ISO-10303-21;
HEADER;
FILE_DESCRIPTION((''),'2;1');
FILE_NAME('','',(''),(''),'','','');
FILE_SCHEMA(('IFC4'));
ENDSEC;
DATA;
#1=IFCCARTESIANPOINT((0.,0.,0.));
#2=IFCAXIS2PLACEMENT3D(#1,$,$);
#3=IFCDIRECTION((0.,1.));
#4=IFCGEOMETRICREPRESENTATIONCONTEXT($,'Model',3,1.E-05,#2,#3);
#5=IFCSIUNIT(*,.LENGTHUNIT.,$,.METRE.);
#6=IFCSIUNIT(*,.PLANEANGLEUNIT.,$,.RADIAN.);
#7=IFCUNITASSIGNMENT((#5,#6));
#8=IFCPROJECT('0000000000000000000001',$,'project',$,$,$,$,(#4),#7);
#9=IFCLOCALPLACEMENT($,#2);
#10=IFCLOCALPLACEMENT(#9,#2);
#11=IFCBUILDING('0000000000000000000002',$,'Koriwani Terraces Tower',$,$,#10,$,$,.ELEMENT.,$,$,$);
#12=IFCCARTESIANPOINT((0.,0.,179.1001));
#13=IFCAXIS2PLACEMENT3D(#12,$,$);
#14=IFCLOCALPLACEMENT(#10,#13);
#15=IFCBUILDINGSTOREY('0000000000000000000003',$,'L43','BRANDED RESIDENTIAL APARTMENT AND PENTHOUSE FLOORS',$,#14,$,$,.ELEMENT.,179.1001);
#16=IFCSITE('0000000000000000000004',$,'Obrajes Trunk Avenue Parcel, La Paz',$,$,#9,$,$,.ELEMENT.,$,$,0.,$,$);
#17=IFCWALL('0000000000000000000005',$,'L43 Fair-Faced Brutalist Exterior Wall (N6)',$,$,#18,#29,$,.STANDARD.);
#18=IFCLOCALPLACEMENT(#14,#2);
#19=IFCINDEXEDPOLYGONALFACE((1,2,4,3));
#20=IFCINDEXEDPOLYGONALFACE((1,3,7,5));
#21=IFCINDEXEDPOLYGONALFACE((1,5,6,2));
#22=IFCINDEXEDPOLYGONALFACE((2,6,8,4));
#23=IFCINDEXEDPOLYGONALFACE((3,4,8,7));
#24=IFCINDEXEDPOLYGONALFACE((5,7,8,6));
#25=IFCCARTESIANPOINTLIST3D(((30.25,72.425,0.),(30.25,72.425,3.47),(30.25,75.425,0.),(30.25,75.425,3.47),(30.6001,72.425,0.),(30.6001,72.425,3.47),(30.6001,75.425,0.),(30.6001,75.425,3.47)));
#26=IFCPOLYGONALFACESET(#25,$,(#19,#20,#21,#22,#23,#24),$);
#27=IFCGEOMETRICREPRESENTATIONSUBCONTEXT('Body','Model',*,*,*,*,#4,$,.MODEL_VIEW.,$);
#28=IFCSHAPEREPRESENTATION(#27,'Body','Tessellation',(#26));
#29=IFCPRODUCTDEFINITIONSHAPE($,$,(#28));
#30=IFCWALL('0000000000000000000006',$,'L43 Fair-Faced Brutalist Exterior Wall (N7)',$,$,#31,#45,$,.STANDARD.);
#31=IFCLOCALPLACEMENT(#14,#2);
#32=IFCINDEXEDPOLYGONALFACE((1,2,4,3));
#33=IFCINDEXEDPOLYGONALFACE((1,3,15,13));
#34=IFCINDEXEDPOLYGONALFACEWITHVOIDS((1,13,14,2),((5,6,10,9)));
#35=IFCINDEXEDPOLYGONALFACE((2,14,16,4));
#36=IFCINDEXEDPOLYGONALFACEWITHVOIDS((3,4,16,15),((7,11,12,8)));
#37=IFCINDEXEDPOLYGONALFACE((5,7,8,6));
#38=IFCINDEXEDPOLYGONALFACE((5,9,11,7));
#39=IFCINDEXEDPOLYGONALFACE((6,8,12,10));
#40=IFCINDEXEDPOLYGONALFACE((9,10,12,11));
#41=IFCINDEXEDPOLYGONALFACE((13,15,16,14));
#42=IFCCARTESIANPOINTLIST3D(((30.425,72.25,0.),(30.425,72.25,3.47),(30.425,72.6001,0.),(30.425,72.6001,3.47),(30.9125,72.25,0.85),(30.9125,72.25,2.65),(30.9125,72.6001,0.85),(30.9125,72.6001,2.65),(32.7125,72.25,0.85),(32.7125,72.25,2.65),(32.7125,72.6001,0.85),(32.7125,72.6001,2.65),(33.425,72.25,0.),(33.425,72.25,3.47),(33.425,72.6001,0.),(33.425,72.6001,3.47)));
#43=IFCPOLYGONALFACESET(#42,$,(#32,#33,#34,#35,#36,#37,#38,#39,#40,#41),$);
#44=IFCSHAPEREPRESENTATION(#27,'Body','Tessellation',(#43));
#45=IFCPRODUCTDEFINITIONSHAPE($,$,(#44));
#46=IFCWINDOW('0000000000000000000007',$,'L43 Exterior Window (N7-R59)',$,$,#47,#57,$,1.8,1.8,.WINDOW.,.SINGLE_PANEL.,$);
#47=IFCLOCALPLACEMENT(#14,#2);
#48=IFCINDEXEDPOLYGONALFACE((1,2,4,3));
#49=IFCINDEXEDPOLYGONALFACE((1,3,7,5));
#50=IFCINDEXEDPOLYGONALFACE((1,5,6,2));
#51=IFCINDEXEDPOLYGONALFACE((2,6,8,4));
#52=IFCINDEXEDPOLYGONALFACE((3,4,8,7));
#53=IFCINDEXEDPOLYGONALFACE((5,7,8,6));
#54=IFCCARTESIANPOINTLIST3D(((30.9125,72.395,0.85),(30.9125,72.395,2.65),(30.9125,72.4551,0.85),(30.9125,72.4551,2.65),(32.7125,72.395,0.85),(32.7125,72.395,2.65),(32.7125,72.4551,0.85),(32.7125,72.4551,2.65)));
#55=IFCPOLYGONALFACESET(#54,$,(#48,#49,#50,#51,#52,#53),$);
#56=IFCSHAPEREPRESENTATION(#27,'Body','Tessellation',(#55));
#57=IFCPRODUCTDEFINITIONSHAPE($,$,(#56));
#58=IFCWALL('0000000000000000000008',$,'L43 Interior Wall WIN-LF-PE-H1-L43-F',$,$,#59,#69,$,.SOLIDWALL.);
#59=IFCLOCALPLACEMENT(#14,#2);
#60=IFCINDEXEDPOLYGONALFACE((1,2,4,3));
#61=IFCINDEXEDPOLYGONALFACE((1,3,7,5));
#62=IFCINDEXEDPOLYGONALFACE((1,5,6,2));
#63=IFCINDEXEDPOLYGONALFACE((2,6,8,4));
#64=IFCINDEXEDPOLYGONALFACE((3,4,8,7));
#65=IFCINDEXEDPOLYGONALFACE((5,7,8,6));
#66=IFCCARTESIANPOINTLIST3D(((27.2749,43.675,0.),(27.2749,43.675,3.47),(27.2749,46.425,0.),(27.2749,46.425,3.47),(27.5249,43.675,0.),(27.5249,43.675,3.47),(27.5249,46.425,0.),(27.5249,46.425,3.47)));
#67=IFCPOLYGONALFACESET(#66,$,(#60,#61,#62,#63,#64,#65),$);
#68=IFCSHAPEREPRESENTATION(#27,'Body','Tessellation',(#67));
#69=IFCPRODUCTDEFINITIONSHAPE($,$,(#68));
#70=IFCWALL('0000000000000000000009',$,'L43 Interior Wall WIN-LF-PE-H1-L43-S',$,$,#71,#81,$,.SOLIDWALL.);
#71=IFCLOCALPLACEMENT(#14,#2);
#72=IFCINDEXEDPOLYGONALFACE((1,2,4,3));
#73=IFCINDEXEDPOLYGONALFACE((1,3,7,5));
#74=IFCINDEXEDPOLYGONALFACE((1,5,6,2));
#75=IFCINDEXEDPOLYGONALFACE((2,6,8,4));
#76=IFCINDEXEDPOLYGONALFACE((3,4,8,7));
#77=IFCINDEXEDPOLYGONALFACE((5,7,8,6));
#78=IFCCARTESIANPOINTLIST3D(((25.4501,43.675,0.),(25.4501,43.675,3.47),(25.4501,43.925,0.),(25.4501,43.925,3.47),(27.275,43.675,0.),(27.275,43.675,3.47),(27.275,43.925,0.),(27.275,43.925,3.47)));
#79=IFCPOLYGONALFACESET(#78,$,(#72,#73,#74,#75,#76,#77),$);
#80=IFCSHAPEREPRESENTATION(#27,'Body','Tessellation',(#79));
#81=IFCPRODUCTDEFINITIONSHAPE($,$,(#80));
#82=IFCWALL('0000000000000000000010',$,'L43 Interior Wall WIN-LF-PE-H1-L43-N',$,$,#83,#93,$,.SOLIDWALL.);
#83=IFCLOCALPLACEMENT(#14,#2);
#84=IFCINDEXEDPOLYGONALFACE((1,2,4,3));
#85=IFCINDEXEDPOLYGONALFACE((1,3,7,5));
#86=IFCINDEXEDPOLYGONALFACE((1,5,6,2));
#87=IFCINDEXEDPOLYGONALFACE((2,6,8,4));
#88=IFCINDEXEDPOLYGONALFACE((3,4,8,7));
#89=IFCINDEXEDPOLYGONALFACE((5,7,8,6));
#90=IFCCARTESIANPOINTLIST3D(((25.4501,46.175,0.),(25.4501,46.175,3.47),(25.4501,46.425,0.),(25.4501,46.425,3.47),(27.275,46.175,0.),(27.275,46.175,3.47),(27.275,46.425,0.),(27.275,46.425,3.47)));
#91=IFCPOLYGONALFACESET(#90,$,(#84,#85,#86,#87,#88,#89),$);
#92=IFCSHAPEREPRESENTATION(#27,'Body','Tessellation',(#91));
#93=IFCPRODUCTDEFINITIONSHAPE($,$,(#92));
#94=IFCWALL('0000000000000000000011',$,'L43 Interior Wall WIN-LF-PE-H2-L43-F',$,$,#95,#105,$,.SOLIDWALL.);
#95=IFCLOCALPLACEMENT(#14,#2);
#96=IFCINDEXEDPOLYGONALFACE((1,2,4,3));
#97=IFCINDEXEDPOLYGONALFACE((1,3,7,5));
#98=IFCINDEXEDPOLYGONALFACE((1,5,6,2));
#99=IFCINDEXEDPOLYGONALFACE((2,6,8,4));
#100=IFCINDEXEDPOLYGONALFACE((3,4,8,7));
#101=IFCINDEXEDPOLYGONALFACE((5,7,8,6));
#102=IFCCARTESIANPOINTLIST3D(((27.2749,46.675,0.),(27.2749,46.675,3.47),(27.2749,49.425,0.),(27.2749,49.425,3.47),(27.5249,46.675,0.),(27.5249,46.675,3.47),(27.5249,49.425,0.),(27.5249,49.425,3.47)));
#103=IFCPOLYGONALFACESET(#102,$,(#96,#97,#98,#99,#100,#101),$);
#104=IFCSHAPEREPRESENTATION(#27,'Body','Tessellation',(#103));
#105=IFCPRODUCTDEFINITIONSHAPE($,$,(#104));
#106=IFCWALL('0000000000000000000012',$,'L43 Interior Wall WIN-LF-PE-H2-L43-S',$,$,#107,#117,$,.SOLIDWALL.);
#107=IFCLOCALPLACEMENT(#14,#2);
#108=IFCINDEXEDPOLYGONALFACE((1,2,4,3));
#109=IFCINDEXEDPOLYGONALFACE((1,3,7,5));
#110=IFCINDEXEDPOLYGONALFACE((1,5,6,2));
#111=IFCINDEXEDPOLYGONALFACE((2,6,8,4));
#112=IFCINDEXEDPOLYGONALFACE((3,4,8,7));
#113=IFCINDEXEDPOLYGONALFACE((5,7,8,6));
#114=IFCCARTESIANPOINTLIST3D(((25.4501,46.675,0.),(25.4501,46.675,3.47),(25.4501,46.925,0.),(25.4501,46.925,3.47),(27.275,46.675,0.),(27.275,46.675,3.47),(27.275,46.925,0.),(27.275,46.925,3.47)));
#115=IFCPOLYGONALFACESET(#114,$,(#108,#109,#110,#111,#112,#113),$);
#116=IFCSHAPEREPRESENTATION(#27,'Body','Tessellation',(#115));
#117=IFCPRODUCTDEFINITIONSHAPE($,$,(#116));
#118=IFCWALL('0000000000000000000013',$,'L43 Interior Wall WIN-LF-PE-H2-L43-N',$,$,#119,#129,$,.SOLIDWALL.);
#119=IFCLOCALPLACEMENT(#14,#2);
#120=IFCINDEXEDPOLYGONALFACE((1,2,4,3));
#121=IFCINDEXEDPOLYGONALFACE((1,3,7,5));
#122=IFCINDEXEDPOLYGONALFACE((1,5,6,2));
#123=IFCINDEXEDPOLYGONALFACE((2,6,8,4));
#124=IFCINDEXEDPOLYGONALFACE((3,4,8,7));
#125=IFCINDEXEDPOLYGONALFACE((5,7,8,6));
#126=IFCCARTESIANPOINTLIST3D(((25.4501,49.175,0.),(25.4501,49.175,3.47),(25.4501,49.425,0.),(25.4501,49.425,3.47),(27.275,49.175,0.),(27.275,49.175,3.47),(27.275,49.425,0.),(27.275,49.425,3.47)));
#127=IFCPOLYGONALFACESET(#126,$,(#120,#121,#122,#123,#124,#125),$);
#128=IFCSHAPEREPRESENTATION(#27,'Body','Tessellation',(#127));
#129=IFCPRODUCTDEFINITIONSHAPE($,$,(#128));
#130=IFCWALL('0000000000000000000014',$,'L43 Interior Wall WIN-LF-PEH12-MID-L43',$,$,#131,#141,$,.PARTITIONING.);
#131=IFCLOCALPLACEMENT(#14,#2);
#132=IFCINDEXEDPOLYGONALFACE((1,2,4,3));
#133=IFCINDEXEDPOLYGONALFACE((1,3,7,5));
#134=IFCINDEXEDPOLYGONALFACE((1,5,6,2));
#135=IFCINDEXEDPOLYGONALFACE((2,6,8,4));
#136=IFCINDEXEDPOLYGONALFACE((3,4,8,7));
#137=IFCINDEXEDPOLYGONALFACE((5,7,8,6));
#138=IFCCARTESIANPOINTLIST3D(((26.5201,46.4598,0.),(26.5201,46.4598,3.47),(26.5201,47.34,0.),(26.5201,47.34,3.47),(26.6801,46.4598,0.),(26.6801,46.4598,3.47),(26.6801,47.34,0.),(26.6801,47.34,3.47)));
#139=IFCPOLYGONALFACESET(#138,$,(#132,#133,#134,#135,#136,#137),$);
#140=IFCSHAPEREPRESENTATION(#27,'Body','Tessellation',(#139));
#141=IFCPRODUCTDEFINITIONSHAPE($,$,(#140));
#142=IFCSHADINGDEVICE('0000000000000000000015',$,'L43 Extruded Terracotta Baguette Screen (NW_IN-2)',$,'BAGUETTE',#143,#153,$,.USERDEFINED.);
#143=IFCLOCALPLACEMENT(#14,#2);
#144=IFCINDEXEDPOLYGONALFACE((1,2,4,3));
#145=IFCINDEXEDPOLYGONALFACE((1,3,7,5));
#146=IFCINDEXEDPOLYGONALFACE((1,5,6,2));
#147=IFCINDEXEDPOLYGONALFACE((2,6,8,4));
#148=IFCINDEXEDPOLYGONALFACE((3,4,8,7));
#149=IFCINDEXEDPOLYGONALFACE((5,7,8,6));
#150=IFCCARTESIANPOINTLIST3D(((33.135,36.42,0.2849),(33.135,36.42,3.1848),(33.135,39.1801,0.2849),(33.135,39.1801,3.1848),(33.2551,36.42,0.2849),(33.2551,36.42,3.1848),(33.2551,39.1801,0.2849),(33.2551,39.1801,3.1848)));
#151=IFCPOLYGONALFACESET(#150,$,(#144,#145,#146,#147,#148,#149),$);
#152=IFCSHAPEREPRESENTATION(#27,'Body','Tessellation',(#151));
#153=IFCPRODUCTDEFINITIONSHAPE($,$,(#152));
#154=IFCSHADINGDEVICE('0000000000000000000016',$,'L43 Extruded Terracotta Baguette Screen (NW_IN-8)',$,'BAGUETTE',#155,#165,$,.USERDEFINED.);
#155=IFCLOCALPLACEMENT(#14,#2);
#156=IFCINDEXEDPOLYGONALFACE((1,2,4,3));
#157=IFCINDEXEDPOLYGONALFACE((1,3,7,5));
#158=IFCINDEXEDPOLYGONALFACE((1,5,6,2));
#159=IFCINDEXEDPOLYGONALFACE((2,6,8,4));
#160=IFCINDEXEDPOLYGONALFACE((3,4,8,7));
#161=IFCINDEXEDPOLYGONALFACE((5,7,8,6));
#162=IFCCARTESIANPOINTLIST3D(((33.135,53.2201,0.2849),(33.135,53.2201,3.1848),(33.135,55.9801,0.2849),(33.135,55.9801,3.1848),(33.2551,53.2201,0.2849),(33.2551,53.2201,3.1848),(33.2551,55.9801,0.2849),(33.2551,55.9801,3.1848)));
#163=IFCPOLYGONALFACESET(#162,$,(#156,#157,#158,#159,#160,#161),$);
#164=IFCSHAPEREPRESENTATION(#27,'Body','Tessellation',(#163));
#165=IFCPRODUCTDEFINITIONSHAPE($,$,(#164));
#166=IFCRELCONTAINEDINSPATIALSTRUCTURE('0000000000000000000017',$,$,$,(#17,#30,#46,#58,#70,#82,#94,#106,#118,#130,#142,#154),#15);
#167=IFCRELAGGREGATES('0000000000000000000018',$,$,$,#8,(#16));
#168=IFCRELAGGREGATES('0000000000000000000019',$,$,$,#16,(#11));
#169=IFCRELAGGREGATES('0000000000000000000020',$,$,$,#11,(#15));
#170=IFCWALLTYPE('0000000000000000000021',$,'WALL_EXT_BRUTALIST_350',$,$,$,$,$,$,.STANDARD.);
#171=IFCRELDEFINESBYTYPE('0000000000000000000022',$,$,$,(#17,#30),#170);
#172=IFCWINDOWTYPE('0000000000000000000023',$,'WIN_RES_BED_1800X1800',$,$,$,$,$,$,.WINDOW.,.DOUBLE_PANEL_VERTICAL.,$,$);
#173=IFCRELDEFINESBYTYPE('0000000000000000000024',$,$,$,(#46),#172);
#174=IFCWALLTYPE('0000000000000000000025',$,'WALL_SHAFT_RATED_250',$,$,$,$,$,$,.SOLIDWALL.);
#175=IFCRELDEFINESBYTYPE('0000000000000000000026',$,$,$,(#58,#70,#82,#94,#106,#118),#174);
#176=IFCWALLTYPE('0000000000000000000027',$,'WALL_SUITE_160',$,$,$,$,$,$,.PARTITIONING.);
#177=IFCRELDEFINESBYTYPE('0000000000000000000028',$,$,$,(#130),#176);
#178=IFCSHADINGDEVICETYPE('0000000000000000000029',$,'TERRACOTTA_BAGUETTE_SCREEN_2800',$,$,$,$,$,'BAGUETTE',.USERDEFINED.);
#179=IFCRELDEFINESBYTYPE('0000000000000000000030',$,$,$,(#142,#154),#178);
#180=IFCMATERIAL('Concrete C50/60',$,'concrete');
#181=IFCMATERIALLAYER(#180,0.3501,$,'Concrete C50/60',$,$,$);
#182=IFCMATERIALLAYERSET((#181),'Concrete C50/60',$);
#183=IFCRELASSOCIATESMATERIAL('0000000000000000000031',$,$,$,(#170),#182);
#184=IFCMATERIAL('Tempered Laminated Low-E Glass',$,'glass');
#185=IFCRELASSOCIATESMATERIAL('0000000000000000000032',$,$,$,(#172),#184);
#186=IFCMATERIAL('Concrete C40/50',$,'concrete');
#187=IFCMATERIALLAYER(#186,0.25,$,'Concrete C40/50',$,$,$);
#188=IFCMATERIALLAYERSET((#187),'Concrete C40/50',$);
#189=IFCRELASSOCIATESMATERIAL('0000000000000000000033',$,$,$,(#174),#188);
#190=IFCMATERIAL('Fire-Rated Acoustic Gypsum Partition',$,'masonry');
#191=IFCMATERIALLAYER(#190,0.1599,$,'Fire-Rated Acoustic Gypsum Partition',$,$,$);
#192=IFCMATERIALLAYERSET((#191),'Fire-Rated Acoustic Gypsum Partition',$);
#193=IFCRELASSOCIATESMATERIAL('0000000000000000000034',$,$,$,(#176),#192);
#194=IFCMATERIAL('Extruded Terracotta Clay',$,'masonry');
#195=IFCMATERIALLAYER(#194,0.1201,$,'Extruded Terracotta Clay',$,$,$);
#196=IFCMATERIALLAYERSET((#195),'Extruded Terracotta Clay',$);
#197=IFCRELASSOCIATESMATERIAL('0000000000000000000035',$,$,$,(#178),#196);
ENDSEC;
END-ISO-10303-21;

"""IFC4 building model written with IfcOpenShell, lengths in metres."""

from ifc_helpers import new_model, si_unit, direction, frame, frame_2d, origin, origin_2d, place, context, subcontext, project, spatial, rectangle, extrude, material, layer, layer_set, type_object, element, fill, save


model = new_model("IFC4")

# Units and contexts
model_context = context("Model", 3, precision=1e-05, world=origin(), true_north=direction((0.0, 1.0)))
body_context = subcontext(model_context, "Body", "Model", "MODEL_VIEW")
ifc_project = project(units=[si_unit("LENGTHUNIT", "METRE"), si_unit("PLANEANGLEUNIT", "RADIAN")], contexts=[model_context])

# Site, building, storey
site_placement = place(None, origin())
site = spatial("IfcSite", under=ifc_project, at=site_placement, Name="Obrajes Trunk Avenue Parcel, La Paz", CompositionType="ELEMENT", RefElevation=0.0)
building_placement = place(site_placement, origin())
building = spatial("IfcBuilding", under=site, at=building_placement, Name="Koriwani Terraces Tower", CompositionType="ELEMENT")
storey_placement = place(building_placement, frame((0.0, 0.0, 179.1001)))
storey = spatial("IfcBuildingStorey", under=building, at=storey_placement, Name="L43", Description="BRANDED RESIDENTIAL APARTMENT AND PENTHOUSE FLOORS", CompositionType="ELEMENT", Elevation=179.1001)

# Shared definitions
ifc_material_1 = material(Name="Concrete C50/60", Category="concrete")

# Wall
ifc_layer_1 = layer(ifc_material_1, 0.3501, Name="Concrete C50/60")
ifc_layer_set_1 = layer_set([ifc_layer_1], Name="Concrete C50/60")
wall_type_1 = type_object("IfcWallType", Name="WALL_EXT_BRUTALIST_350", PredefinedType="STANDARD", material=ifc_layer_set_1)
wall_1_placement = place(storey_placement, frame((30.425, 75.425, 0.0), z_axis=(0.0, 0.0, 1.0), x_axis=(0.0, -1.0, 0.0)))
element("IfcWall", 1, at=wall_1_placement, inside=storey, type_object=wall_type_1, Name="L43 Fair-Faced Brutalist Exterior Wall (N6)", PredefinedType="STANDARD", context=body_context, shape_type="SweptSolid", body=[
    extrude(rectangle(XDim=3.0, YDim=0.3501, at=frame_2d((1.5, 0.0))), origin(), (0.0, 0.0, 1.0), 3.47),
])

# Wall, opening, window
wall_2_placement = place(storey_placement, frame((30.425, 72.425, 0.0), z_axis=(0.0, 0.0, 1.0), x_axis=(1.0, 0.0, 0.0)))
wall_2 = element("IfcWall", 2, at=wall_2_placement, inside=storey, type_object=wall_type_1, Name="L43 Fair-Faced Brutalist Exterior Wall (N7)", PredefinedType="STANDARD", context=body_context, shape_type="SweptSolid", body=[
    extrude(rectangle(XDim=3.0, YDim=0.3501, at=frame_2d((1.5, 0.0))), origin(), (0.0, 0.0, 1.0), 3.47),
])
opening_1_placement = place(wall_2_placement, frame((0.4875, 0.0, 0.8501)))
opening_1 = element("IfcOpeningElement", 3, at=opening_1_placement, cuts=wall_2, PredefinedType="OPENING", context=body_context, shape_type="SweptSolid", body=[
    extrude(rectangle(XDim=1.8, YDim=1.8, at=frame_2d((0.8999, 0.8999))), frame((0.0, 0.1851, 0.0), z_axis=(0.0, -1.0, 0.0), x_axis=(1.0, 0.0, 0.0)), (0.0, 0.0, 1.0), 0.3701),
])
ifc_material_2 = material(Name="Tempered Laminated Low-E Glass", Category="glass")
window_type = type_object("IfcWindowType", Name="WIN_RES_BED_1800X1800", PartitioningType="DOUBLE_PANEL_VERTICAL", PredefinedType="WINDOW", material=ifc_material_2)
window_placement = place(opening_1_placement, origin())
window = element("IfcWindow", 4, at=window_placement, inside=storey, type_object=window_type, Name="L43 Exterior Window (N7-R59)", OverallHeight=1.8, OverallWidth=1.8, PartitioningType="SINGLE_PANEL", PredefinedType="WINDOW", context=body_context, shape_type="SweptSolid", body=[
    extrude(rectangle(XDim=1.8, YDim=1.8, at=frame_2d((0.8999, 0.8999))), frame((0.0, 0.03, 0.0), z_axis=(0.0, -1.0, 0.0), x_axis=(1.0, 0.0, 0.0)), (0.0, 0.0, 1.0), 0.0601),
])
fill(opening_1, window)

# Shared definitions
ifc_material_3 = material(Name="Concrete C40/50", Category="concrete")
ifc_layer_2 = layer(ifc_material_3, 0.25, Name="Concrete C40/50")
ifc_layer_set_2 = layer_set([ifc_layer_2], Name="Concrete C40/50")
wall_type_2 = type_object("IfcWallType", Name="WALL_SHAFT_RATED_250", PredefinedType="SOLIDWALL", material=ifc_layer_set_2)

# Walls
wall_3_placement = place(storey_placement, frame((27.3999, 43.675, 0.0), z_axis=(0.0, 0.0, 1.0), x_axis=(0.0, 1.0, 0.0)))
element("IfcWall", 5, at=wall_3_placement, inside=storey, type_object=wall_type_2, Name="L43 Interior Wall WIN-LF-PE-H1-L43-F", PredefinedType="SOLIDWALL", context=body_context, shape_type="SweptSolid", body=[
    extrude(rectangle(XDim=2.75, YDim=0.25, at=frame_2d((1.375, 0.0))), origin(), (0.0, 0.0, 1.0), 3.47),
])
for number, where, z_axis, x_axis, name in (
    (6, (25.45, 43.8, 0.0), (0.0, 0.0, 1.0), (1.0, 0.0, 0.0), "L43 Interior Wall WIN-LF-PE-H1-L43-S"),
    (7, (25.45, 46.3, 0.0), (0.0, 0.0, 1.0), (1.0, 0.0, 0.0), "L43 Interior Wall WIN-LF-PE-H1-L43-N"),
):
    element("IfcWall", number, at=place(storey_placement, frame(where, z_axis=z_axis, x_axis=x_axis)), inside=storey, type_object=wall_type_2, Name=name, PredefinedType="SOLIDWALL", context=body_context, shape_type="SweptSolid", body=[
        extrude(rectangle(XDim=1.825, YDim=0.25, at=frame_2d((0.9126, 0.0))), origin(), (0.0, 0.0, 1.0), 3.47),
    ])
wall_4_placement = place(storey_placement, frame((27.3999, 46.675, 0.0), z_axis=(0.0, 0.0, 1.0), x_axis=(0.0, 1.0, 0.0)))
element("IfcWall", 8, at=wall_4_placement, inside=storey, type_object=wall_type_2, Name="L43 Interior Wall WIN-LF-PE-H2-L43-F", PredefinedType="SOLIDWALL", context=body_context, shape_type="SweptSolid", body=[
    extrude(rectangle(XDim=2.75, YDim=0.25, at=frame_2d((1.375, 0.0))), origin(), (0.0, 0.0, 1.0), 3.47),
])
for number, where, z_axis, x_axis, name in (
    (9, (25.45, 46.8, 0.0), (0.0, 0.0, 1.0), (1.0, 0.0, 0.0), "L43 Interior Wall WIN-LF-PE-H2-L43-S"),
    (10, (25.45, 49.3, 0.0), (0.0, 0.0, 1.0), (1.0, 0.0, 0.0), "L43 Interior Wall WIN-LF-PE-H2-L43-N"),
):
    element("IfcWall", number, at=place(storey_placement, frame(where, z_axis=z_axis, x_axis=x_axis)), inside=storey, type_object=wall_type_2, Name=name, PredefinedType="SOLIDWALL", context=body_context, shape_type="SweptSolid", body=[
        extrude(rectangle(XDim=1.825, YDim=0.25, at=frame_2d((0.9126, 0.0))), origin(), (0.0, 0.0, 1.0), 3.47),
    ])
ifc_material_4 = material(Name="Fire-Rated Acoustic Gypsum Partition", Category="masonry")
ifc_layer_3 = layer(ifc_material_4, 0.1599, Name="Fire-Rated Acoustic Gypsum Partition")
ifc_layer_set_3 = layer_set([ifc_layer_3], Name="Fire-Rated Acoustic Gypsum Partition")
wall_type_3 = type_object("IfcWallType", Name="WALL_SUITE_160", PredefinedType="PARTITIONING", material=ifc_layer_set_3)
wall_5_placement = place(storey_placement, frame((26.6001, 46.46, 0.0), z_axis=(0.0, 0.0, 1.0), x_axis=(0.0, 1.0, 0.0)))
element("IfcWall", 11, at=wall_5_placement, inside=storey, type_object=wall_type_3, Name="L43 Interior Wall WIN-LF-PEH12-MID-L43", PredefinedType="PARTITIONING", context=body_context, shape_type="SweptSolid", body=[
    extrude(rectangle(XDim=0.8801, YDim=0.1599, at=frame_2d((0.4399, 0.0))), origin(), (0.0, 0.0, 1.0), 3.47),
])

# Shading devices
ifc_material_5 = material(Name="Extruded Terracotta Clay", Category="masonry")
ifc_layer_4 = layer(ifc_material_5, 0.1201, Name="Extruded Terracotta Clay")
ifc_layer_set_4 = layer_set([ifc_layer_4], Name="Extruded Terracotta Clay")
shading_device_type = type_object("IfcShadingDeviceType", Name="TERRACOTTA_BAGUETTE_SCREEN_2800", ElementType="BAGUETTE", PredefinedType="USERDEFINED", material=ifc_layer_set_4)
for number, where, z_axis, x_axis, name in (
    (12, (33.1951, 37.8, 0.2849), (0.0, 0.0, 1.0), (0.0, -1.0, 0.0), "L43 Extruded Terracotta Baguette Screen (NW_IN-2)"),
    (13, (33.1951, 54.6001, 0.2849), (0.0, 0.0, 1.0), (0.0, -1.0, 0.0), "L43 Extruded Terracotta Baguette Screen (NW_IN-8)"),
):
    element("IfcShadingDevice", number, at=place(storey_placement, frame(where, z_axis=z_axis, x_axis=x_axis)), inside=storey, type_object=shading_device_type, Name=name, ObjectType="BAGUETTE", PredefinedType="USERDEFINED", context=body_context, shape_type="SweptSolid", body=[
        extrude(rectangle(XDim=2.76, YDim=0.1201, at=origin_2d()), origin(), (0.0, 0.0, 1.0), 2.8999),
    ])

save(model, "model.ifc")
